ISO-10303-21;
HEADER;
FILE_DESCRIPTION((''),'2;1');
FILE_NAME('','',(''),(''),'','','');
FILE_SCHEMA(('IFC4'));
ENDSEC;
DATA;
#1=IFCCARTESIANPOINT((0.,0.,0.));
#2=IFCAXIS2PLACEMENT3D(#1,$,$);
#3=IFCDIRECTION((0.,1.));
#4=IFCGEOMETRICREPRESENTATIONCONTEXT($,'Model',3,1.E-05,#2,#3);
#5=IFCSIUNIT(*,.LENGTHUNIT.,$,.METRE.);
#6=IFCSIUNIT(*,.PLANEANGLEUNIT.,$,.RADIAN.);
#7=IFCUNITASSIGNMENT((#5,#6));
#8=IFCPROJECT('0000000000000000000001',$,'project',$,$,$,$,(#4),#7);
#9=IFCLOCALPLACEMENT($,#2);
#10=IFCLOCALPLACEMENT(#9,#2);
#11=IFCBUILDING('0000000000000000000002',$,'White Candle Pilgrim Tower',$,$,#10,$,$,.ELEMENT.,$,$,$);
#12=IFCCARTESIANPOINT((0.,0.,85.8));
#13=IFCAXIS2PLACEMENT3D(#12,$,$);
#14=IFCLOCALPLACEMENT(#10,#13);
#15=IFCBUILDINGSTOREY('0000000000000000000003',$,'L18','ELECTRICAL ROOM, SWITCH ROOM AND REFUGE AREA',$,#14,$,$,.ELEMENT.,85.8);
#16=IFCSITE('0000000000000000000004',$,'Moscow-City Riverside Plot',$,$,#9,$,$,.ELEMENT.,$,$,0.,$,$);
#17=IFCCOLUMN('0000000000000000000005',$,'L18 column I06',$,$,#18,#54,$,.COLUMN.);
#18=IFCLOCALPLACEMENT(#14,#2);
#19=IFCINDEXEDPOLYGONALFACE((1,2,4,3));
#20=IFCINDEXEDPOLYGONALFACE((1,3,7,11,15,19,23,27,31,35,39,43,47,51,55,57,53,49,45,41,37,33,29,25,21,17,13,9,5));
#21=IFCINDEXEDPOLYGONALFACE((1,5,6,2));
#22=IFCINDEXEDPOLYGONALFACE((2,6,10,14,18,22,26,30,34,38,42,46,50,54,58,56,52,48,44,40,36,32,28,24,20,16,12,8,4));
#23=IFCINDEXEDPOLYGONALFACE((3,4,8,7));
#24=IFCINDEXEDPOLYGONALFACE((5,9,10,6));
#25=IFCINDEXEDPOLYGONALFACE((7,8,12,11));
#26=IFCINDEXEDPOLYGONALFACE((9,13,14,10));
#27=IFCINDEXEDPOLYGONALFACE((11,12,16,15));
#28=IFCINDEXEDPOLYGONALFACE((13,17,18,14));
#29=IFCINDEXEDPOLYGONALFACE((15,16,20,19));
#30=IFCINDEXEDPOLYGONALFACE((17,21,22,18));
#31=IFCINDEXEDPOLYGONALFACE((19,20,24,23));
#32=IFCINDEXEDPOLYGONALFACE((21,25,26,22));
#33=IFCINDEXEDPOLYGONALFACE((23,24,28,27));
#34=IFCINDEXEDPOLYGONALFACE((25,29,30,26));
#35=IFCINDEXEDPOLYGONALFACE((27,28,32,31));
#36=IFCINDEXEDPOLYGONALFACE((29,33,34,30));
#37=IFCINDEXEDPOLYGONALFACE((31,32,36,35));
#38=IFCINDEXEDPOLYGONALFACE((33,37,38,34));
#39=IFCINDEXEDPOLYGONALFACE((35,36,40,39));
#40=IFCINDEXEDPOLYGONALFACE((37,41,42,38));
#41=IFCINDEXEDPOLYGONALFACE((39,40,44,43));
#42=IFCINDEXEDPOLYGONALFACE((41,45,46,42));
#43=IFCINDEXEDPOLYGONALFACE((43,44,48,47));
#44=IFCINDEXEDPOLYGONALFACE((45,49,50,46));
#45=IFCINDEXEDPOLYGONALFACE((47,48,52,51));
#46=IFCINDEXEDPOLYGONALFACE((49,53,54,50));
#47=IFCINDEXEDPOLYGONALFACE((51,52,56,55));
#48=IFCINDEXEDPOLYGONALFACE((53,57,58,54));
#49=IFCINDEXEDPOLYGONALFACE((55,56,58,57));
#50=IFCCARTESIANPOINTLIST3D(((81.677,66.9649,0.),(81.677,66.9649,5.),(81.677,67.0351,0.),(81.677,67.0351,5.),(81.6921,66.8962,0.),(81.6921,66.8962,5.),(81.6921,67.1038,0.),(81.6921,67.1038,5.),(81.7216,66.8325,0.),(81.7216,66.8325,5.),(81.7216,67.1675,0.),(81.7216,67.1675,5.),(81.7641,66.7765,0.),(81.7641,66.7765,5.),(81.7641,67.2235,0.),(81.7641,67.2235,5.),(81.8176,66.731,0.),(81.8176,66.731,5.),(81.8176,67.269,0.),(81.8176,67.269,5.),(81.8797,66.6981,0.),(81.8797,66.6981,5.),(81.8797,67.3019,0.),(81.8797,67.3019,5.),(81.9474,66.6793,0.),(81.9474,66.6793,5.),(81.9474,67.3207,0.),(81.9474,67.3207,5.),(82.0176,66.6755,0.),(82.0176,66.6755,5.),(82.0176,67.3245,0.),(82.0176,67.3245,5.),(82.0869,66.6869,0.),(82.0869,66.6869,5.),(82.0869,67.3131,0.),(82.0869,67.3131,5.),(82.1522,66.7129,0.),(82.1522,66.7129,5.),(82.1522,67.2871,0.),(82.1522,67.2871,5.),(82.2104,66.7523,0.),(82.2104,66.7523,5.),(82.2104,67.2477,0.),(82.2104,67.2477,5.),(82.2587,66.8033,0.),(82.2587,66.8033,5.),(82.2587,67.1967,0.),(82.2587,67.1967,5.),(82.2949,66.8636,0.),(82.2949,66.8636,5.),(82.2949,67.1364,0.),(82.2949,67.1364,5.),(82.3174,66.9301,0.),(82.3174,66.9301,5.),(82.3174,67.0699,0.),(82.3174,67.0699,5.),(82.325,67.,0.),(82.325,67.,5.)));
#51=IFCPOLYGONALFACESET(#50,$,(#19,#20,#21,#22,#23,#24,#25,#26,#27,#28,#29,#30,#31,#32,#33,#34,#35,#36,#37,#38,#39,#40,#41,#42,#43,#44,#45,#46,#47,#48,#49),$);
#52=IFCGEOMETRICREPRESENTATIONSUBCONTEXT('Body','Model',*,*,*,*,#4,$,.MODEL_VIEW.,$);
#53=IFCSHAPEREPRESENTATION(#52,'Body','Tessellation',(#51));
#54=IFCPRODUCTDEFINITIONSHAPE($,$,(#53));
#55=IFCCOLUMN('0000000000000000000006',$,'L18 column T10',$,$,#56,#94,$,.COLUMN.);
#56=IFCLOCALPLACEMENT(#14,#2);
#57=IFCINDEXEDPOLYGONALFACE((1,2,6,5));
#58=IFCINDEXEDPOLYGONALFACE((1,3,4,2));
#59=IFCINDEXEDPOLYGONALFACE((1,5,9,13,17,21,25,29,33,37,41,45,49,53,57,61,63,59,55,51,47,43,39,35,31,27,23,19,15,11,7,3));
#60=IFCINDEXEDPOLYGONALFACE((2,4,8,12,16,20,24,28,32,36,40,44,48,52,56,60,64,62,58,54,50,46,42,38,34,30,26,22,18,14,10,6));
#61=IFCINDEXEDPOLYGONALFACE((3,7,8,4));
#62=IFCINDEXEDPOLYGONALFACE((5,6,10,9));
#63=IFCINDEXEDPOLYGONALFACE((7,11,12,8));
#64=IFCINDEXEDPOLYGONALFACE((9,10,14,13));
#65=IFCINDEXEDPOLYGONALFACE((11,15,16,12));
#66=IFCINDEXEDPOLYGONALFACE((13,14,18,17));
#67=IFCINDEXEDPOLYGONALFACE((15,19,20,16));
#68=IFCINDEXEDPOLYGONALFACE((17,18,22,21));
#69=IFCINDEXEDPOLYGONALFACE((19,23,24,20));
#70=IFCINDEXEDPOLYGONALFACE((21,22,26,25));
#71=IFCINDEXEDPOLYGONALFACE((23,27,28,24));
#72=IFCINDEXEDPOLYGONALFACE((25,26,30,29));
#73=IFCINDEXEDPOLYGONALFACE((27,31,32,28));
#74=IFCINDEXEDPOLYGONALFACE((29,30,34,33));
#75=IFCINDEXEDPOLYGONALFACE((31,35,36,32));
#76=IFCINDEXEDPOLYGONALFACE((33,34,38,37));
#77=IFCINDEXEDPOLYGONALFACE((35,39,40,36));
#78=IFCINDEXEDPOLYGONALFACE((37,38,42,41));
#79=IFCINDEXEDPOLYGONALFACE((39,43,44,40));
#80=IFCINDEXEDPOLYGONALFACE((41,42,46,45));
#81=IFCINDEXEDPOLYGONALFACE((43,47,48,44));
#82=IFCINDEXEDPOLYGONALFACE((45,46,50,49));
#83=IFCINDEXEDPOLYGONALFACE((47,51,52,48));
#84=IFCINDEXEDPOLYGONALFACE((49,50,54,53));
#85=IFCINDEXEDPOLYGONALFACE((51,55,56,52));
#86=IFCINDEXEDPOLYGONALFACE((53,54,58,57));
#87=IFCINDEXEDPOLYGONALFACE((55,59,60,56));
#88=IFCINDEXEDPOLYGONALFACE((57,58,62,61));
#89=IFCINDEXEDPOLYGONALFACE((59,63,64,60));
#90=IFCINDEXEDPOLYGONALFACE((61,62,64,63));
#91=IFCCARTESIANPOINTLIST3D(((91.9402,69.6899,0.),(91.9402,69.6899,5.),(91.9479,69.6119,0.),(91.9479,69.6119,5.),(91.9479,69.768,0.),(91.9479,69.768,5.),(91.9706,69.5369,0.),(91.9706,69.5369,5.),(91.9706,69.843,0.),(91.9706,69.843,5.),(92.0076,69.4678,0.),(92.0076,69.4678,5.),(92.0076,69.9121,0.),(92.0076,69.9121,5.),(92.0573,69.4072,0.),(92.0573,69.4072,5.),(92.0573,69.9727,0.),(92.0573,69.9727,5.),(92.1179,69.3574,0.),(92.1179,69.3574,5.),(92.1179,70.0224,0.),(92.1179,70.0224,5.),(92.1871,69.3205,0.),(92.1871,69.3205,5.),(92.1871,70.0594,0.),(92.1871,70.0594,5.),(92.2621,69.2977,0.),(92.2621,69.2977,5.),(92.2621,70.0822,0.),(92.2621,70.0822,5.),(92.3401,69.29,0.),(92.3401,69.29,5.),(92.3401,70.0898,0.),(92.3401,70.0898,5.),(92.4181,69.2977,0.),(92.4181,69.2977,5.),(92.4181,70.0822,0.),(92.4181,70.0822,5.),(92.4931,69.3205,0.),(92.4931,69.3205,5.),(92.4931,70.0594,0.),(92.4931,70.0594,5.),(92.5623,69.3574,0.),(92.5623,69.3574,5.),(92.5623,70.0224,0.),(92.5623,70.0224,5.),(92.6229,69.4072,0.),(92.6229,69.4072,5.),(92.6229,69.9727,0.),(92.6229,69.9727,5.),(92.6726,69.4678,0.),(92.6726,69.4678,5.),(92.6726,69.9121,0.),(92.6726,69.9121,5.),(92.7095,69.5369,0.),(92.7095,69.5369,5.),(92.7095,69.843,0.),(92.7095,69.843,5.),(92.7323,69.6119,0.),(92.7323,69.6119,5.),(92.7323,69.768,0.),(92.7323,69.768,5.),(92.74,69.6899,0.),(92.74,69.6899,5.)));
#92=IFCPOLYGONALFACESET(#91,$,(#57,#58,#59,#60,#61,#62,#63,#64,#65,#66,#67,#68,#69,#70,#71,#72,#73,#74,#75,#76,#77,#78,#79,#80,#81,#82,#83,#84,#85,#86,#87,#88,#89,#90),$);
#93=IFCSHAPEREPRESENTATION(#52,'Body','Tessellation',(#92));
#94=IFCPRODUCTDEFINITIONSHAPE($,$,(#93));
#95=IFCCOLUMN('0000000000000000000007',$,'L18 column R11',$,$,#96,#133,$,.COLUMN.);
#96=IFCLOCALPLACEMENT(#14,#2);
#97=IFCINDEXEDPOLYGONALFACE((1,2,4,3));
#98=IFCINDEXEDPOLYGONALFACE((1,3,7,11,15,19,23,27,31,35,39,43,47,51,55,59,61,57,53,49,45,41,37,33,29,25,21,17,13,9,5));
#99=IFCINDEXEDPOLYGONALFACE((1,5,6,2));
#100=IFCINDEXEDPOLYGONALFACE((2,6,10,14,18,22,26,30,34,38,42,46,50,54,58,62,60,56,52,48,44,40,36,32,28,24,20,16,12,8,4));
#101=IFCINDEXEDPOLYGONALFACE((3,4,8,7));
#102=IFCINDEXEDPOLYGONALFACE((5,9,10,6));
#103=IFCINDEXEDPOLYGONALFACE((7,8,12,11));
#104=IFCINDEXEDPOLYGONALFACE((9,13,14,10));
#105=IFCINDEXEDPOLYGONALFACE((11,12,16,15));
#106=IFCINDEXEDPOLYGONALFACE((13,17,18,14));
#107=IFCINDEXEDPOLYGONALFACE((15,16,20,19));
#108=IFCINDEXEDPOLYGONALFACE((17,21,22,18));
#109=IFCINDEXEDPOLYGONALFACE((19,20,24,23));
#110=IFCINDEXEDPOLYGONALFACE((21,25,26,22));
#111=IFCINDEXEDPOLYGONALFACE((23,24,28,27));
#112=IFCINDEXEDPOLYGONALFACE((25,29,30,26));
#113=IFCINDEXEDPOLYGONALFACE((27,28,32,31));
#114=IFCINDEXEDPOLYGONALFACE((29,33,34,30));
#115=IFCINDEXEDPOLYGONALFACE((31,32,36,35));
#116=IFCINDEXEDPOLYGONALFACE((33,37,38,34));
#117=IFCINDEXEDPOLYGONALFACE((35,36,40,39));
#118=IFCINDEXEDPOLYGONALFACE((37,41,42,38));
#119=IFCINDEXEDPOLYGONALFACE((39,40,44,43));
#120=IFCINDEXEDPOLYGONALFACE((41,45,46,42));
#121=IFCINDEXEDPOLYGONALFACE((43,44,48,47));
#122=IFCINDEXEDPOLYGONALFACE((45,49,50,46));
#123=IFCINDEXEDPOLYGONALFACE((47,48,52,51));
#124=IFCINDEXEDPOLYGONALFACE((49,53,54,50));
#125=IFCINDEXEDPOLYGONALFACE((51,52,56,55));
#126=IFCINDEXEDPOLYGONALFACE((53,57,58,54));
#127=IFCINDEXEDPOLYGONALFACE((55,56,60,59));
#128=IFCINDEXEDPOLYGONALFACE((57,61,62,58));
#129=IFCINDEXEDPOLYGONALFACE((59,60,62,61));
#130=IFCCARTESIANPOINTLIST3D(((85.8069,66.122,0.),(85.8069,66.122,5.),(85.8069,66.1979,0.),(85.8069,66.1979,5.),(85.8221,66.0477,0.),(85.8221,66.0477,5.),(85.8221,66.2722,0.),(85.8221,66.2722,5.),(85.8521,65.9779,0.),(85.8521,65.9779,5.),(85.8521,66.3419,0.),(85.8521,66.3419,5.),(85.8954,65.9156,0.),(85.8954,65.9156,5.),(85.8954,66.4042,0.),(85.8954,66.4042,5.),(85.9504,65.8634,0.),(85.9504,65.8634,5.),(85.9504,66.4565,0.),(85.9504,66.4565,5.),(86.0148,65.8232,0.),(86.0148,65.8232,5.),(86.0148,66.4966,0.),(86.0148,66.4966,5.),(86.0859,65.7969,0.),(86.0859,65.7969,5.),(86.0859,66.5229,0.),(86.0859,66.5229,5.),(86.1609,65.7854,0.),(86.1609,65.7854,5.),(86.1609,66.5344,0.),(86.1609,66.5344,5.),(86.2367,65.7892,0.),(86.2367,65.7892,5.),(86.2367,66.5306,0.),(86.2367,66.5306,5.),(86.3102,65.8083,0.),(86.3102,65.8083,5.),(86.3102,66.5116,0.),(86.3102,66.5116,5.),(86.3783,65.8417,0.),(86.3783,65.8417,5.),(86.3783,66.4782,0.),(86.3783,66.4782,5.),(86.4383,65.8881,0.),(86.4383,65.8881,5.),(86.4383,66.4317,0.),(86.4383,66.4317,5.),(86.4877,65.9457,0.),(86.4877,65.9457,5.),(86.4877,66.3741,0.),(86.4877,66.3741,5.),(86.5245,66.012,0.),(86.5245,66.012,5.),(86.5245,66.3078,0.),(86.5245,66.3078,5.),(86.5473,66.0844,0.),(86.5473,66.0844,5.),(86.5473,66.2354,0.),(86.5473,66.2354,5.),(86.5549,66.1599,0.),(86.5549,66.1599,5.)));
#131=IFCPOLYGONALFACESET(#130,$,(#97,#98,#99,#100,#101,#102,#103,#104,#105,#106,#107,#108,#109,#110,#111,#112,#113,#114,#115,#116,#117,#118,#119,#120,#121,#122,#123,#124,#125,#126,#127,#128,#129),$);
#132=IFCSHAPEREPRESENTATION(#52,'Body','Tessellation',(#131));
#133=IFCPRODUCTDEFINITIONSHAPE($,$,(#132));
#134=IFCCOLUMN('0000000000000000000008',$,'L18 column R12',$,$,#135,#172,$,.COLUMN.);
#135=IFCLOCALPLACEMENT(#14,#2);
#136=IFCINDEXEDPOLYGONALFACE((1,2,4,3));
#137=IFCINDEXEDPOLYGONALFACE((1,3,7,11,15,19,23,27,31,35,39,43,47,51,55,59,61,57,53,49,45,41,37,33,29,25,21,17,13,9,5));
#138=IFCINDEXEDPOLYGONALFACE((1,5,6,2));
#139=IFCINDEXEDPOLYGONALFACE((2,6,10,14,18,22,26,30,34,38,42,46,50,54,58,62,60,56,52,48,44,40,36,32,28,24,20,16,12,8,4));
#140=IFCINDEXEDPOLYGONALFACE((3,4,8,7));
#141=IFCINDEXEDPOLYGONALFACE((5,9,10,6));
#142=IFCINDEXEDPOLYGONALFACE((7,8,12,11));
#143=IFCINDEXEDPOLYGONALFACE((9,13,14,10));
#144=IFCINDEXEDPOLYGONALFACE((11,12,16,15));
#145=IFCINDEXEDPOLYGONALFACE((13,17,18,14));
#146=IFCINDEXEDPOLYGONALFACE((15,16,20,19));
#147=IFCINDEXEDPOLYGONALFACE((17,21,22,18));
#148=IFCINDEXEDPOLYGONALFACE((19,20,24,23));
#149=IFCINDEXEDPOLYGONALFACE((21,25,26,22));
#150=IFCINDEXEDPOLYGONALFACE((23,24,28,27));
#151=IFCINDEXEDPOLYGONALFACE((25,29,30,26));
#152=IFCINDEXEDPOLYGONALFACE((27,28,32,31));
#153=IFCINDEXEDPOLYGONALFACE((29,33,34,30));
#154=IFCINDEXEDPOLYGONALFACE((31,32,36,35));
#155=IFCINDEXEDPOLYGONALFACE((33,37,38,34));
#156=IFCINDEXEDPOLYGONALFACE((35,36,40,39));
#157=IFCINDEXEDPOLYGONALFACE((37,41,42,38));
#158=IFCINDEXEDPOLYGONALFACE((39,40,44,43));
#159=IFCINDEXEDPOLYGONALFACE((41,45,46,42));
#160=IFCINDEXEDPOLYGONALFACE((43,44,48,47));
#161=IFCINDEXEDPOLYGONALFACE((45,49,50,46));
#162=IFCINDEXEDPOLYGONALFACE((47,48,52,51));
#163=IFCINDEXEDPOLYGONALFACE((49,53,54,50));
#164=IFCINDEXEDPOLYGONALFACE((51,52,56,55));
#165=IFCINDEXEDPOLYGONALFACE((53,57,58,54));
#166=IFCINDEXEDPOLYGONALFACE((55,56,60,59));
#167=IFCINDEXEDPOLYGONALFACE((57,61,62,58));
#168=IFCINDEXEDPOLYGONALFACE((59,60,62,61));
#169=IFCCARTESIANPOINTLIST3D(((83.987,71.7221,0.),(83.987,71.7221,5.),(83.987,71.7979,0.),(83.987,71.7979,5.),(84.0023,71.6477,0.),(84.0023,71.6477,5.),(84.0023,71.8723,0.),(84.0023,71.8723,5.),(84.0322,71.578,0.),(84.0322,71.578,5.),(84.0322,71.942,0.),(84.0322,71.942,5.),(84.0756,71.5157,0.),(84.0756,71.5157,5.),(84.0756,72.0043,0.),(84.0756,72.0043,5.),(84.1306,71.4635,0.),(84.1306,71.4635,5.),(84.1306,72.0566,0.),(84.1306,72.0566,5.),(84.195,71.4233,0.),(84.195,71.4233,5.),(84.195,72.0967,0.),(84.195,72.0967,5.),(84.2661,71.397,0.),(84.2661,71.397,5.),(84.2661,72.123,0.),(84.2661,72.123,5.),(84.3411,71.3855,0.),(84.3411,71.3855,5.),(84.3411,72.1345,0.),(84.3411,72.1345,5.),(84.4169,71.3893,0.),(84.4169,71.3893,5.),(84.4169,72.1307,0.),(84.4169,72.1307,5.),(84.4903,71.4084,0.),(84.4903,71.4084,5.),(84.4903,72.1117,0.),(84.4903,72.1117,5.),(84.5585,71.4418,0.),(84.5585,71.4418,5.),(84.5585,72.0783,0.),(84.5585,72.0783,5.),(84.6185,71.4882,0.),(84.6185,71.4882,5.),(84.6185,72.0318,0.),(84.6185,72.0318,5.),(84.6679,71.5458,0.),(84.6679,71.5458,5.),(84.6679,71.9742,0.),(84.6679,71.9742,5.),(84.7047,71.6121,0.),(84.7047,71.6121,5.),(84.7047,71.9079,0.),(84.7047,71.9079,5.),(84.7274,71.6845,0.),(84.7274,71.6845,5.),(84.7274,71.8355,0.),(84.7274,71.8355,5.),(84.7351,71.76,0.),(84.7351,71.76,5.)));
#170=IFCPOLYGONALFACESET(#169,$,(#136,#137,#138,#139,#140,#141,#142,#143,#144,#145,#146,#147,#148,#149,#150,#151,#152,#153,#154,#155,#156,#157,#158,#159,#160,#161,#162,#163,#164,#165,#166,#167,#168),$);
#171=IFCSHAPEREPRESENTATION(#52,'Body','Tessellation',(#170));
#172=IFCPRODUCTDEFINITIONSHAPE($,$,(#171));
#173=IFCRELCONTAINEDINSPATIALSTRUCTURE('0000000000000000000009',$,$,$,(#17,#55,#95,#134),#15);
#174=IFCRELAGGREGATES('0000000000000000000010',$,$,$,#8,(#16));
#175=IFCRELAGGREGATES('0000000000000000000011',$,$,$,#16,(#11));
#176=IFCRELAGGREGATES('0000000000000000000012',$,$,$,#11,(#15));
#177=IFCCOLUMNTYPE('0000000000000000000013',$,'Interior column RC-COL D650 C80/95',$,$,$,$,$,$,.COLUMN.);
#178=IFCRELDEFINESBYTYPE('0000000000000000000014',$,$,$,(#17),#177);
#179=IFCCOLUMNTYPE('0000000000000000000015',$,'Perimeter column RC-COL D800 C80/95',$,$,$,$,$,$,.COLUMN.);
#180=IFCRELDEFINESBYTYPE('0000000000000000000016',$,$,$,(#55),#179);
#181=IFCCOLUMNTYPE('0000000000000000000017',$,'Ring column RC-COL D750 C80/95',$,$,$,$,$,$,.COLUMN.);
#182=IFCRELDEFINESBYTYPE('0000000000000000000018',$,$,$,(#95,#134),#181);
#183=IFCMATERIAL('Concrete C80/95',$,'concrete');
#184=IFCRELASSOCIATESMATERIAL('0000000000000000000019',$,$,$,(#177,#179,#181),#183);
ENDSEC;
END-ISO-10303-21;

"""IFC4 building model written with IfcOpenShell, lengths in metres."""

from ifc_helpers import new_model, si_unit, direction, frame, origin, origin_2d, place, context, subcontext, project, spatial, circle, extrude, material, material_profile, profile_set, type_object, element, save


model = new_model("IFC4")

# Units and contexts
model_context = context("Model", 3, precision=1e-05, world=origin(), true_north=direction((0.0, 1.0)))
body_context = subcontext(model_context, "Body", "Model", "MODEL_VIEW")
ifc_project = project(units=[si_unit("LENGTHUNIT", "METRE"), si_unit("PLANEANGLEUNIT", "RADIAN")], contexts=[model_context])

# Site, building, storey
site_placement = place(None, origin())
site = spatial("IfcSite", under=ifc_project, at=site_placement, Name="Moscow-City Riverside Plot", CompositionType="ELEMENT", RefElevation=0.0)
building_placement = place(site_placement, origin())
building = spatial("IfcBuilding", under=site, at=building_placement, Name="White Candle Pilgrim Tower", CompositionType="ELEMENT")
storey_placement = place(building_placement, frame((0.0, 0.0, 85.8)))
storey = spatial("IfcBuildingStorey", under=building, at=storey_placement, Name="L18", Description="ELECTRICAL ROOM, SWITCH ROOM AND REFUGE AREA", CompositionType="ELEMENT", Elevation=85.8)

# Columns
ifc_material_1 = material(Name="Concrete C80/95", Category="concrete")
ifc_material_profile_1 = material_profile(ifc_material_1, circle(Radius=0.325, at=origin_2d()), Name="RC-COL D650")
ifc_profile_set_1 = profile_set([ifc_material_profile_1], Name="Concrete C80/95")
column_type_1 = type_object("IfcColumnType", Name="Interior column RC-COL D650 C80/95", PredefinedType="COLUMN", material=ifc_profile_set_1)
column_1_placement = place(storey_placement, frame((82.0, 67.0, 0.0), z_axis=(0.0, 0.0, 1.0), x_axis=(1.0, 0.0, 0.0)))
element("IfcColumn", 1, at=column_1_placement, inside=storey, type_object=column_type_1, Name="L18 column I06", PredefinedType="COLUMN", context=body_context, shape_type="SweptSolid", body=[
    extrude(circle(Radius=0.325, at=origin_2d()), origin(), (0.0, 0.0, 1.0), 5.0),
])
ifc_material_profile_2 = material_profile(ifc_material_1, circle(Radius=0.3999, at=origin_2d()), Name="RC-COL D800")
ifc_profile_set_2 = profile_set([ifc_material_profile_2], Name="Concrete C80/95")
column_type_2 = type_object("IfcColumnType", Name="Perimeter column RC-COL D800 C80/95", PredefinedType="COLUMN", material=ifc_profile_set_2)
column_2_placement = place(storey_placement, frame((92.3401, 69.6899, 0.0), z_axis=(0.0, 0.0, 1.0), x_axis=(1.0, 0.0, 0.0)))
element("IfcColumn", 2, at=column_2_placement, inside=storey, type_object=column_type_2, Name="L18 column T10", PredefinedType="COLUMN", context=body_context, shape_type="SweptSolid", body=[
    extrude(circle(Radius=0.3999, at=origin_2d()), origin(), (0.0, 0.0, 1.0), 5.0),
])
ifc_material_profile_3 = material_profile(ifc_material_1, circle(Radius=0.375, at=origin_2d()), Name="RC-COL D750")
ifc_profile_set_3 = profile_set([ifc_material_profile_3], Name="Concrete C80/95")
column_type_3 = type_object("IfcColumnType", Name="Ring column RC-COL D750 C80/95", PredefinedType="COLUMN", material=ifc_profile_set_3)
for number, where, z_axis, x_axis, name in (
    (3, (86.1799, 66.1599, 0.0), (0.0, 0.0, 1.0), (1.0, 0.0, 0.0), "L18 column R11"),
    (4, (84.3601, 71.76, 0.0), (0.0, 0.0, 1.0), (1.0, 0.0, 0.0), "L18 column R12"),
):
    element("IfcColumn", number, at=place(storey_placement, frame(where, z_axis=z_axis, x_axis=x_axis)), inside=storey, type_object=column_type_3, Name=name, PredefinedType="COLUMN", context=body_context, shape_type="SweptSolid", body=[
        extrude(circle(Radius=0.375, at=origin_2d()), origin(), (0.0, 0.0, 1.0), 5.0),
    ])

save(model, "model.ifc")
